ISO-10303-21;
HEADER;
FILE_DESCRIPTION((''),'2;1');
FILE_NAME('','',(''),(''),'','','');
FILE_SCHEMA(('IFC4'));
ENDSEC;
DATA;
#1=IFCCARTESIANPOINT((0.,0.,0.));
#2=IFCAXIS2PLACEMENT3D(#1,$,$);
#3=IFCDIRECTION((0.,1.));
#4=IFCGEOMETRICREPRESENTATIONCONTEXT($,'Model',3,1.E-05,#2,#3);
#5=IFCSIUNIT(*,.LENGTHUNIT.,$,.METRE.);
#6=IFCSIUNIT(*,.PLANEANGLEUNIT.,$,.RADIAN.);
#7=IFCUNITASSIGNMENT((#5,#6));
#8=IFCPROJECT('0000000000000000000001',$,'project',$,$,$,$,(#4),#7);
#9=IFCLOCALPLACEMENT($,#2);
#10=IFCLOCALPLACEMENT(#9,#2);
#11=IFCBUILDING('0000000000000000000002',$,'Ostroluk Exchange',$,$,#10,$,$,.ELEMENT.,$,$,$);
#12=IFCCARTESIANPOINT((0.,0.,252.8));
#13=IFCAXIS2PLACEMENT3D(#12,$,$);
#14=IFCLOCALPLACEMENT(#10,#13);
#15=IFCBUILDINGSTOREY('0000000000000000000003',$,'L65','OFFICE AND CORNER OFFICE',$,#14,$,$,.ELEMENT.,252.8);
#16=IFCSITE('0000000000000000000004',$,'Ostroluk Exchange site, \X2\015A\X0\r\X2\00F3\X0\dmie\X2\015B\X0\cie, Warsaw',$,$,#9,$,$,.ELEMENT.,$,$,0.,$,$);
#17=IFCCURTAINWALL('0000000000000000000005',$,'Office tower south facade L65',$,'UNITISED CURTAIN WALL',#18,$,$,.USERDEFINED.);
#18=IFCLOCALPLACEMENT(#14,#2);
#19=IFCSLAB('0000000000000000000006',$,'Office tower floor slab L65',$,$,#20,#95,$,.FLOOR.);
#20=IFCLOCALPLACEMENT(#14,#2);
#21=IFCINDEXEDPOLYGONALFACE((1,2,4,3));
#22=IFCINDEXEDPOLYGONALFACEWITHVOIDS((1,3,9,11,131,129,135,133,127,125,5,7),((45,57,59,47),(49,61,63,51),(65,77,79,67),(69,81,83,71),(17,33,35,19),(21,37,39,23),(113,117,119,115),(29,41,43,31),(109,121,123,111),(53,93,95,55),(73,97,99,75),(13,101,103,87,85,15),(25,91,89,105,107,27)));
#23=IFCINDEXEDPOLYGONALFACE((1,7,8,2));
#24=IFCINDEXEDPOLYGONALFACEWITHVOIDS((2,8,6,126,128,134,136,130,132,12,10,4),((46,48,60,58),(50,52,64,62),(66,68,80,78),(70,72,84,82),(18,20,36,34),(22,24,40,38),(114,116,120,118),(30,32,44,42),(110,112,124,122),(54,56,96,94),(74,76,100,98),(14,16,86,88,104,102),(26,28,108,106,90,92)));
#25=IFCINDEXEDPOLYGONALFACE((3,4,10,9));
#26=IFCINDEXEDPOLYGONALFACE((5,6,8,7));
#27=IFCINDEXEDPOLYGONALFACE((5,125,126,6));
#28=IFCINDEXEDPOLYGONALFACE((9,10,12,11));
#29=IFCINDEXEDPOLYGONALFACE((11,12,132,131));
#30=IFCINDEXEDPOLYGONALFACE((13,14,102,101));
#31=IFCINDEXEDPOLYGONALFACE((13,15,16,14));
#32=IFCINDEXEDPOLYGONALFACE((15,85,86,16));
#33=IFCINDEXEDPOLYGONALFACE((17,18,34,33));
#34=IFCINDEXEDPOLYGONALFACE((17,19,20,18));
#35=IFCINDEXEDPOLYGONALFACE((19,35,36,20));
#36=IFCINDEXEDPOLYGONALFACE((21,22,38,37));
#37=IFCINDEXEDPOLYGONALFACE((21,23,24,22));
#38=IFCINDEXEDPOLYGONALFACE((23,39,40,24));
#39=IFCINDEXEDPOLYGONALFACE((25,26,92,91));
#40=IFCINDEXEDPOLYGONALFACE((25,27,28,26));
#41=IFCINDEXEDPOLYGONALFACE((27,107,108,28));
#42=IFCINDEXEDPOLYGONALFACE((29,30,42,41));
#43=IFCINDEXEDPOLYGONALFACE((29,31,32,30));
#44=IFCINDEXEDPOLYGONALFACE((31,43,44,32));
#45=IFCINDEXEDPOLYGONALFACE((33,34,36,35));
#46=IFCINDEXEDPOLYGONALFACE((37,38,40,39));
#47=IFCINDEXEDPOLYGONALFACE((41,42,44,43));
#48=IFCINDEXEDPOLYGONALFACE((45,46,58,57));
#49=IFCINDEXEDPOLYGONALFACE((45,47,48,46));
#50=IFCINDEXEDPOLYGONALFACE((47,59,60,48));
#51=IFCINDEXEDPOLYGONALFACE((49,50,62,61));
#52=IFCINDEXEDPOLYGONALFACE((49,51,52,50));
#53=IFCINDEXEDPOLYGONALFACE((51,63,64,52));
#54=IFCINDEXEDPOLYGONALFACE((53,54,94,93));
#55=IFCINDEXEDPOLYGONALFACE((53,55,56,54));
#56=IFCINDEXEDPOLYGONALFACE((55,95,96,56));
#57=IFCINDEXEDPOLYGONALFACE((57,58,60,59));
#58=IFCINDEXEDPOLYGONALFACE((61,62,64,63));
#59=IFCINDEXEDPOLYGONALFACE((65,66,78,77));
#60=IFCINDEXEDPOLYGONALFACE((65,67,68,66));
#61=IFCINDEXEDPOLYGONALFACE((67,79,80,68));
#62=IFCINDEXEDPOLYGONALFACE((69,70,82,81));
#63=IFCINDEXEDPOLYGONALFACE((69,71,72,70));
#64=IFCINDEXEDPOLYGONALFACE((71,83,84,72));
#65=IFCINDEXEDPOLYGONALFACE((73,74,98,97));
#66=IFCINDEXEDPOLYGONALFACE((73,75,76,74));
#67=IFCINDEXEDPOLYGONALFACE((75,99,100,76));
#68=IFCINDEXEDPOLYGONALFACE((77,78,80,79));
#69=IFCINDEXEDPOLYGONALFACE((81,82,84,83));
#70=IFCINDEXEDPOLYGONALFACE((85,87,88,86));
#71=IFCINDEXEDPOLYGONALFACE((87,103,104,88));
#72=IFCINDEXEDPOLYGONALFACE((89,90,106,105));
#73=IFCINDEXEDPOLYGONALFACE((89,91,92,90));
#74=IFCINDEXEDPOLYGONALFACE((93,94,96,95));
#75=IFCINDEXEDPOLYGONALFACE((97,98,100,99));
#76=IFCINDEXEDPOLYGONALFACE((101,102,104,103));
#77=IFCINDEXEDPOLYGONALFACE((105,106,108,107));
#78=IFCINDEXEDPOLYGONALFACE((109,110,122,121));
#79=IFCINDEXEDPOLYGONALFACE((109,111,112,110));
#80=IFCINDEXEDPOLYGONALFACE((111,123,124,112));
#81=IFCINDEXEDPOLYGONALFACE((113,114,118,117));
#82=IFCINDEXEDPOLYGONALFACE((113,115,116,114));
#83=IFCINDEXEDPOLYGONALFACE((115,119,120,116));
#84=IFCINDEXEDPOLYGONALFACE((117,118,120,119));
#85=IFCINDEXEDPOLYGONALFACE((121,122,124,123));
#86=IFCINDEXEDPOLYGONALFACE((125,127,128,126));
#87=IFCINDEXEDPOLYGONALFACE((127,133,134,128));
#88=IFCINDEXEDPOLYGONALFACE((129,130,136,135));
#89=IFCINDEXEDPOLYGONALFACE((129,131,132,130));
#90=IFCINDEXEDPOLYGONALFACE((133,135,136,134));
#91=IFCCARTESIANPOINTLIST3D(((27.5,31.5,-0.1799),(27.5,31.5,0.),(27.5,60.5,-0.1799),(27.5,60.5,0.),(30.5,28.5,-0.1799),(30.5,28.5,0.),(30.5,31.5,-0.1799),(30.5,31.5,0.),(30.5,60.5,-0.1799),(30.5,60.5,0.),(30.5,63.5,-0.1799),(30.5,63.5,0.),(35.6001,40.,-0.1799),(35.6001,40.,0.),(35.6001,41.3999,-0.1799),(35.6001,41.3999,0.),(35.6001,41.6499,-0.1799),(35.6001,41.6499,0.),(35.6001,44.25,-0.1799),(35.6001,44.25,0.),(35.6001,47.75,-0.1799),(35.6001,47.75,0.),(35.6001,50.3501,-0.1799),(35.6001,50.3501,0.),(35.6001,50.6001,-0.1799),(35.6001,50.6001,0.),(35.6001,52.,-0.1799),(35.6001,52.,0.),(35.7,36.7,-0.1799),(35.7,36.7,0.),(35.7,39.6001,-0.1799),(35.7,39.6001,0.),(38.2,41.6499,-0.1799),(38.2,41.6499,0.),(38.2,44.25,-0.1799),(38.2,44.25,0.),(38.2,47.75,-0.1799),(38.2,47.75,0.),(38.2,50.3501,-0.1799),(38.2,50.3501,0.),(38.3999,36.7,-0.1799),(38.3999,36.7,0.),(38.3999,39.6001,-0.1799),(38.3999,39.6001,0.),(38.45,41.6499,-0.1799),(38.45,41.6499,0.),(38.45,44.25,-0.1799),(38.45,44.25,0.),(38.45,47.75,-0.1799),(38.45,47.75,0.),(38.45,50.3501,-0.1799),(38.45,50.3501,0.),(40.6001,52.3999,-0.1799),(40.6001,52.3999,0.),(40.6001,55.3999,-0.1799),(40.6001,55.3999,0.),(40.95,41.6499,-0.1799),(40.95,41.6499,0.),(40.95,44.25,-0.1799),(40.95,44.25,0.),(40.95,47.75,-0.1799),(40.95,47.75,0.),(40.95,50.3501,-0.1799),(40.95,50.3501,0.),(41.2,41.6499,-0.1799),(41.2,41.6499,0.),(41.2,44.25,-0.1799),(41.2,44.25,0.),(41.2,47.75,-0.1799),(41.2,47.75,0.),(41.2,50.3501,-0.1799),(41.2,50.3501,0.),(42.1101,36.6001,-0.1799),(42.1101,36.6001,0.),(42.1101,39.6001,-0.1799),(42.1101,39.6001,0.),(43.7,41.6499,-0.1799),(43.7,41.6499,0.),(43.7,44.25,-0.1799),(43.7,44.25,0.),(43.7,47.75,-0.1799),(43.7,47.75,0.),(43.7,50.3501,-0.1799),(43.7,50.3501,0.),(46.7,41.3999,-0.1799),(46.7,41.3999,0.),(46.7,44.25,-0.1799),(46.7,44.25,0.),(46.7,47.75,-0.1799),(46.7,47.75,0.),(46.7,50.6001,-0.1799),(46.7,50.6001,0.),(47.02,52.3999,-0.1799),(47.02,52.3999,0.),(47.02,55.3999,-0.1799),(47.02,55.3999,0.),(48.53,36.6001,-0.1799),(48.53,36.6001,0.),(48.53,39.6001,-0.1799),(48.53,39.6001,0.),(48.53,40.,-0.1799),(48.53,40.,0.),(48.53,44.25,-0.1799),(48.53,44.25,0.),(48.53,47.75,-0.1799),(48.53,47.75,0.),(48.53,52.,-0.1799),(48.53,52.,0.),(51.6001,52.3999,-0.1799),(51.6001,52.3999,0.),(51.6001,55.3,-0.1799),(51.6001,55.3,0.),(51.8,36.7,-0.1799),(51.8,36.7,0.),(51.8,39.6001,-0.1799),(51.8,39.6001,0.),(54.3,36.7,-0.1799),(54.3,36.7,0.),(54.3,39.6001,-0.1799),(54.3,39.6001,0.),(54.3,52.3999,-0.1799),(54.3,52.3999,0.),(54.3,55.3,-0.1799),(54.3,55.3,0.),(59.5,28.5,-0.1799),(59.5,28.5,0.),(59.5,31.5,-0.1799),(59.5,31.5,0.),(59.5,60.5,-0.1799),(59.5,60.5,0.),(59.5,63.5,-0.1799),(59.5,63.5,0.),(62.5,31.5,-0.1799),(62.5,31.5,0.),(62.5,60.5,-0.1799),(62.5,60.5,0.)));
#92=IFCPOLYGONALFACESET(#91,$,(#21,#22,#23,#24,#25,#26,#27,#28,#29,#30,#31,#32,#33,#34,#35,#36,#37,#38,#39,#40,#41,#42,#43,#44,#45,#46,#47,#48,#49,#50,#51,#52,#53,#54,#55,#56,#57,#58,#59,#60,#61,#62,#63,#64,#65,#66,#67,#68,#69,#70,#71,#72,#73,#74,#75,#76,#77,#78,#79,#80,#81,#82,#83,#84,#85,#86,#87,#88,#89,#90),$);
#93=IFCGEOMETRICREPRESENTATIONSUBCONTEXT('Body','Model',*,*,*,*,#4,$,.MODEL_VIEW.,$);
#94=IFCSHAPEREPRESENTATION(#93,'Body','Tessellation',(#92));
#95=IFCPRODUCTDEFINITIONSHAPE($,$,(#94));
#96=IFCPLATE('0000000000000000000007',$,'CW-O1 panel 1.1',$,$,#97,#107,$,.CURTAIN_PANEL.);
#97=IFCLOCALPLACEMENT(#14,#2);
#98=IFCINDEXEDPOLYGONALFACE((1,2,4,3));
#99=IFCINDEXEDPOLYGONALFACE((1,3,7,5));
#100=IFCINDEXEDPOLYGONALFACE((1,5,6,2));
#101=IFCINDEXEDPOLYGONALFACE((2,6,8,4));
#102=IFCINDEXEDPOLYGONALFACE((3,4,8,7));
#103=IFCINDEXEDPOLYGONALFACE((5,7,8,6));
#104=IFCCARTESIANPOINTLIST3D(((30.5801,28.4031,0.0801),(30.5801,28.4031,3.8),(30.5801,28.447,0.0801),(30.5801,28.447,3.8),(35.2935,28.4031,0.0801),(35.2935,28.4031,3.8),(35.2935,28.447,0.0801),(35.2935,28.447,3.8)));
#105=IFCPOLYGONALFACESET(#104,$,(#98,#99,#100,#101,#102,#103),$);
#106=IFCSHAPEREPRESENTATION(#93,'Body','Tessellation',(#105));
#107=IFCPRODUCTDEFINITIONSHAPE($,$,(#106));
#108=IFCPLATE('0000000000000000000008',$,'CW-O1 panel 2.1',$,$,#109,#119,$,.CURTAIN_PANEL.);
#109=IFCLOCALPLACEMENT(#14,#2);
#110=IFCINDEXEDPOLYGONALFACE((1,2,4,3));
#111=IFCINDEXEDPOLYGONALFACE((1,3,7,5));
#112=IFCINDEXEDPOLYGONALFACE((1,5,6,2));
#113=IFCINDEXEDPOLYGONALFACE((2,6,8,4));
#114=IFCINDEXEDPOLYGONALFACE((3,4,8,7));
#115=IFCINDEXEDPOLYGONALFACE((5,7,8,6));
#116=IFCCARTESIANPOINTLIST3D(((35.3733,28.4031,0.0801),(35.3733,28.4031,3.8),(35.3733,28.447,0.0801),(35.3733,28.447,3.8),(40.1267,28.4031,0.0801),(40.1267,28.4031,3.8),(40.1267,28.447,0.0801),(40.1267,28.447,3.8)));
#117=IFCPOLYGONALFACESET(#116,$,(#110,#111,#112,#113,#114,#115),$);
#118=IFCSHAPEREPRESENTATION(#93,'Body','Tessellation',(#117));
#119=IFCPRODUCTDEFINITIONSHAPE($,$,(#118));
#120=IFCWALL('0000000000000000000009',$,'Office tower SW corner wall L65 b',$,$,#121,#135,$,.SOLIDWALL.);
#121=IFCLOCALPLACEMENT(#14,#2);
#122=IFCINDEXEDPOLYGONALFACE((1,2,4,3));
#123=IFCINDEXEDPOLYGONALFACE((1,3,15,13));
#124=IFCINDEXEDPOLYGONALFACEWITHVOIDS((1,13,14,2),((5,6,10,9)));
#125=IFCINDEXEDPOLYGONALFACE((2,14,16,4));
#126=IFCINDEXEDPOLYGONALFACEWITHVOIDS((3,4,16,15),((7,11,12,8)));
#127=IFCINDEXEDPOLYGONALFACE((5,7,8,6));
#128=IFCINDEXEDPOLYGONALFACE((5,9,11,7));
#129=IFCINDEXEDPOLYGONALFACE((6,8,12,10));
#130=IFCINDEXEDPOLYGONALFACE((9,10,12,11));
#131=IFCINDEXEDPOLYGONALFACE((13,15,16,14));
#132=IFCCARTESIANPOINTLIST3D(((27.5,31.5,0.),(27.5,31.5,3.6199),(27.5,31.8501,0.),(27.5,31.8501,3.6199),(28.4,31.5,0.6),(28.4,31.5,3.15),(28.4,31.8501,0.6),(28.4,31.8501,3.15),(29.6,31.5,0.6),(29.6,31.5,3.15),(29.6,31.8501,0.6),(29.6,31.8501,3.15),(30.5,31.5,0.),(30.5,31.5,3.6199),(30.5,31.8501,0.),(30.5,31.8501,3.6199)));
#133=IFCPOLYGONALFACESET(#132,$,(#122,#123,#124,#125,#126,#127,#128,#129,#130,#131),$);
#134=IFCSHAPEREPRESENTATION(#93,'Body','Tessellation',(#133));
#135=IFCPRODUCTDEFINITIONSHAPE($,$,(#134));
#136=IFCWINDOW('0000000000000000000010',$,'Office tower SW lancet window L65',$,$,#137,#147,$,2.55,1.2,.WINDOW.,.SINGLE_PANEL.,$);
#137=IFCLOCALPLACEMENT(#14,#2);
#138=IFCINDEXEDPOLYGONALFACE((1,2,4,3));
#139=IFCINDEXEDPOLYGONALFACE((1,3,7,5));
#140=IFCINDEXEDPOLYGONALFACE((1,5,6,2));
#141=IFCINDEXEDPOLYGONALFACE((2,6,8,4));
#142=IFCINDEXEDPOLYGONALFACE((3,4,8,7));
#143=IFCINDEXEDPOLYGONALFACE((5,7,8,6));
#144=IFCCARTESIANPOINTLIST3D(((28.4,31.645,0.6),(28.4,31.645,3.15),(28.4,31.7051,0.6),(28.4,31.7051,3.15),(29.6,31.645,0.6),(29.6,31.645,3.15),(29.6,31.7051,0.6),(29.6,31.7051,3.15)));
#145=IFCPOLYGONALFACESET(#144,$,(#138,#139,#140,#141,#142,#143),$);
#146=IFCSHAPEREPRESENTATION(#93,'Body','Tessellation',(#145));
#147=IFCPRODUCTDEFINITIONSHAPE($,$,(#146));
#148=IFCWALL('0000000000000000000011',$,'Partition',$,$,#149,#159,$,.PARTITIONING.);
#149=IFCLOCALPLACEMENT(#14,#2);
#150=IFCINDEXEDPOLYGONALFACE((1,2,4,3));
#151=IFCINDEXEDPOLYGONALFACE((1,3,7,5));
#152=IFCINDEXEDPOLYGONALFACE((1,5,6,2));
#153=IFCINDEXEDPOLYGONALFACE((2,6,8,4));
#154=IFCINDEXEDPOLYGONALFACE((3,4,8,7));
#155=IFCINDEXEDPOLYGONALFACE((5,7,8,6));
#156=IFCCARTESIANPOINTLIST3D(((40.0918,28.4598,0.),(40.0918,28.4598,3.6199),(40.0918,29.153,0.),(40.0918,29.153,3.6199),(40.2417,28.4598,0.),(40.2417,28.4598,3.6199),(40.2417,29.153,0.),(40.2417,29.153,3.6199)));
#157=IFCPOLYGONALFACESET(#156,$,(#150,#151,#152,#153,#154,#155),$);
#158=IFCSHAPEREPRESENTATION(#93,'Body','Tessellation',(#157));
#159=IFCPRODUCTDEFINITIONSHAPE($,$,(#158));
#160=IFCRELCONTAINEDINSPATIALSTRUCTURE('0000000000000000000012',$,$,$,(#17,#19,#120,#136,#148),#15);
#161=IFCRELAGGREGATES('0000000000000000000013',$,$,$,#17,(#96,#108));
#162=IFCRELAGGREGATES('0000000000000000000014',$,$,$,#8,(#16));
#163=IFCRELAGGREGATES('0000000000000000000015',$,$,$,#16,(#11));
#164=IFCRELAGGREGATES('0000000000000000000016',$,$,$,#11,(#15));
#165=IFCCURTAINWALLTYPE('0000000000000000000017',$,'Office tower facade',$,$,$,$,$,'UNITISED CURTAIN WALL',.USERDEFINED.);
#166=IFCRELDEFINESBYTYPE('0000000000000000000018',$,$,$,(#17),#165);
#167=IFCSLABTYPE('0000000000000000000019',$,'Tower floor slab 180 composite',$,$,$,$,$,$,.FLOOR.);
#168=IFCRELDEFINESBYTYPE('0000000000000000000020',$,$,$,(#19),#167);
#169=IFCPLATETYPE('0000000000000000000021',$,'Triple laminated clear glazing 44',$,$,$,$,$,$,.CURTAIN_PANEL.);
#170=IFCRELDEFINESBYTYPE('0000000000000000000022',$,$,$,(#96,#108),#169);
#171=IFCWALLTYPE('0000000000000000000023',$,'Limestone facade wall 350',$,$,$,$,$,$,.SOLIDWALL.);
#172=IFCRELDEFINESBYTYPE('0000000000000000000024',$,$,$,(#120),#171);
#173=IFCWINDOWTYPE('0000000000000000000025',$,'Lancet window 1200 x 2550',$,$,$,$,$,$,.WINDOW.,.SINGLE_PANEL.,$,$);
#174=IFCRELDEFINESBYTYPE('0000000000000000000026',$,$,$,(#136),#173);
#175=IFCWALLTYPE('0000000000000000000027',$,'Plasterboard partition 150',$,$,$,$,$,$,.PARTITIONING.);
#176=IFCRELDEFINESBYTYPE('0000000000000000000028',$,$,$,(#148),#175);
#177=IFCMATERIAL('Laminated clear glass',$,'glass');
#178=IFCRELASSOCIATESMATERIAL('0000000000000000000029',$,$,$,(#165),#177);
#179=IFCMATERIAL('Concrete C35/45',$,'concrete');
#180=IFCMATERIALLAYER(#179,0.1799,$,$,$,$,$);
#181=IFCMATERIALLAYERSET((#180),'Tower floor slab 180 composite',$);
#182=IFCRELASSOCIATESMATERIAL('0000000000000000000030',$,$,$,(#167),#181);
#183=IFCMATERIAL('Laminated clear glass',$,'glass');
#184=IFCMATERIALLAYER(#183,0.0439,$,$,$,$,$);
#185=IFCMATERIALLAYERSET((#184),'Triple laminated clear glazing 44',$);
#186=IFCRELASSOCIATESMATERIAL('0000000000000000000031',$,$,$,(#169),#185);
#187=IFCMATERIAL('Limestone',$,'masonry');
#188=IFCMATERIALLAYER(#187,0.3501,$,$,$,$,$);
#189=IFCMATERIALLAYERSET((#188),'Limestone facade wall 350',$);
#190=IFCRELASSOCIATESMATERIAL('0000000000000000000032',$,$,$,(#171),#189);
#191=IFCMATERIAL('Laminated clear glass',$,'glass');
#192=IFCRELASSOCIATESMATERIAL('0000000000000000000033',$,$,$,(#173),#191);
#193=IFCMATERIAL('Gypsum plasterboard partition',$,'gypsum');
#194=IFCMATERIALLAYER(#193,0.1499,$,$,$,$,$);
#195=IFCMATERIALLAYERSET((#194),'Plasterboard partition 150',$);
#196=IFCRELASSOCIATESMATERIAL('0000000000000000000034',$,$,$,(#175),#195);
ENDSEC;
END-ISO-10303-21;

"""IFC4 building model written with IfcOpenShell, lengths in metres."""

from ifc_helpers import new_model, si_unit, direction, frame, frame_2d, origin, origin_2d, place, context, subcontext, project, spatial, polyline, rectangle, outline, extrude, material, layer, layer_set, type_object, element, fill, aggregate, save


model = new_model("IFC4")

# Units and contexts
model_context = context("Model", 3, precision=1e-05, world=origin(), true_north=direction((0.0, 1.0)))
body_context = subcontext(model_context, "Body", "Model", "MODEL_VIEW")
ifc_project = project(units=[si_unit("LENGTHUNIT", "METRE"), si_unit("PLANEANGLEUNIT", "RADIAN")], contexts=[model_context])

# Site, building, storey
site_placement = place(None, origin())
site = spatial("IfcSite", under=ifc_project, at=site_placement, Name="Ostroluk Exchange site, Śródmieście, Warsaw", CompositionType="ELEMENT", RefElevation=0.0)
building_placement = place(site_placement, origin())
building = spatial("IfcBuilding", under=site, at=building_placement, Name="Ostroluk Exchange", CompositionType="ELEMENT")
storey_placement = place(building_placement, frame((0.0, 0.0, 252.8)))
storey = spatial("IfcBuildingStorey", under=building, at=storey_placement, Name="L65", Description="OFFICE AND CORNER OFFICE", CompositionType="ELEMENT", Elevation=252.8)

# Curtain wall
ifc_material_1 = material(Name="Laminated clear glass", Category="glass")
curtain_wall_type = type_object("IfcCurtainWallType", Name="Office tower facade", ElementType="UNITISED CURTAIN WALL", PredefinedType="USERDEFINED", material=ifc_material_1)
curtain_wall_1_placement = place(storey_placement, origin())
curtain_wall_1 = element("IfcCurtainWall", 1, at=curtain_wall_1_placement, inside=storey, type_object=curtain_wall_type, Name="Office tower south facade L65", ObjectType="UNITISED CURTAIN WALL", PredefinedType="USERDEFINED")

# Slab
ifc_material_2 = material(Name="Concrete C35/45", Category="concrete")
ifc_layer_1 = layer(ifc_material_2, 0.1799)
ifc_layer_set_1 = layer_set([ifc_layer_1], Name="Tower floor slab 180 composite")
slab_type_1 = type_object("IfcSlabType", Name="Tower floor slab 180 composite", PredefinedType="FLOOR", material=ifc_layer_set_1)
slab_1_placement = place(storey_placement, frame((0.0, 0.0, -0.1799)))
element("IfcSlab", 2, at=slab_1_placement, inside=storey, type_object=slab_type_1, Name="Office tower floor slab L65", PredefinedType="FLOOR", context=body_context, shape_type="SweptSolid", body=[
    extrude(outline(polyline([(30.5, 28.5), (59.5, 28.5), (59.5, 31.5), (62.5, 31.5), (62.5, 60.5), (59.5, 60.5), (59.5, 63.5), (30.5, 63.5), (30.5, 60.5), (27.5, 60.5), (27.5, 31.5), (30.5, 31.5), (30.5, 28.5)]), holes=[polyline([(35.7, 36.7), (38.3999, 36.7), (38.3999, 39.6001), (35.7, 39.6001), (35.7, 36.7)]), polyline([(42.1101, 36.6001), (48.53, 36.6001), (48.53, 39.6001), (42.1101, 39.6001), (42.1101, 36.6001)]), polyline([(51.8, 36.7), (54.3, 36.7), (54.3, 39.6001), (51.8, 39.6001), (51.8, 36.7)]), polyline([(40.6001, 52.3999), (47.02, 52.3999), (47.02, 55.3999), (40.6001, 55.3999), (40.6001, 52.3999)]), polyline([(51.6001, 52.3999), (54.3, 52.3999), (54.3, 55.3), (51.6001, 55.3), (51.6001, 52.3999)]), polyline([(35.6001, 47.75), (38.2, 47.75), (38.2, 50.3501), (35.6001, 50.3501), (35.6001, 47.75)]), polyline([(38.45, 47.75), (40.95, 47.75), (40.95, 50.3501), (38.45, 50.3501), (38.45, 47.75)]), polyline([(41.2, 47.75), (43.7, 47.75), (43.7, 50.3501), (41.2, 50.3501), (41.2, 47.75)]), polyline([(35.6001, 41.6499), (38.2, 41.6499), (38.2, 44.25), (35.6001, 44.25), (35.6001, 41.6499)]), polyline([(38.45, 41.6499), (40.95, 41.6499), (40.95, 44.25), (38.45, 44.25), (38.45, 41.6499)]), polyline([(41.2, 41.6499), (43.7, 41.6499), (43.7, 44.25), (41.2, 44.25), (41.2, 41.6499)]), polyline([(48.53, 52.0), (48.53, 47.75), (46.7, 47.75), (46.7, 50.6001), (35.6001, 50.6001), (35.6001, 52.0), (48.53, 52.0)]), polyline([(35.6001, 40.0), (35.6001, 41.3999), (46.7, 41.3999), (46.7, 44.25), (48.53, 44.25), (48.53, 40.0), (35.6001, 40.0)])]), origin(), (0.0, 0.0, 1.0), 0.1799),
])

# Plates
ifc_material_3 = material(Name="Laminated clear glass", Category="glass")
ifc_layer_2 = layer(ifc_material_3, 0.0439)
ifc_layer_set_2 = layer_set([ifc_layer_2], Name="Triple laminated clear glazing 44")
plate_type_1 = type_object("IfcPlateType", Name="Triple laminated clear glazing 44", PredefinedType="CURTAIN_PANEL", material=ifc_layer_set_2)
plate_1_placement = place(storey_placement, frame((32.9368, 28.425, 0.0801), z_axis=(0.0, 0.0, 1.0), x_axis=(1.0, 0.0, 0.0)))
plate_1 = element("IfcPlate", 3, at=plate_1_placement, type_object=plate_type_1, Name="CW-O1 panel 1.1", PredefinedType="CURTAIN_PANEL", context=body_context, shape_type="SweptSolid", body=[
    extrude(rectangle(XDim=4.7134, YDim=0.0439, at=origin_2d()), origin(), (0.0, 0.0, 1.0), 3.72),
])
plate_2_placement = place(storey_placement, frame((37.75, 28.425, 0.0801), z_axis=(0.0, 0.0, 1.0), x_axis=(1.0, 0.0, 0.0)))
plate_2 = element("IfcPlate", 4, at=plate_2_placement, type_object=plate_type_1, Name="CW-O1 panel 2.1", PredefinedType="CURTAIN_PANEL", context=body_context, shape_type="SweptSolid", body=[
    extrude(rectangle(XDim=4.7534, YDim=0.0439, at=origin_2d()), origin(), (0.0, 0.0, 1.0), 3.72),
])
aggregate(curtain_wall_1, [plate_1, plate_2])

# Shared definitions
ifc_material_4 = material(Name="Limestone", Category="masonry")
ifc_layer_3 = layer(ifc_material_4, 0.3501)
ifc_layer_set_3 = layer_set([ifc_layer_3], Name="Limestone facade wall 350")
wall_type_1 = type_object("IfcWallType", Name="Limestone facade wall 350", PredefinedType="SOLIDWALL", material=ifc_layer_set_3)

# Wall, opening, window
wall_1_placement = place(storey_placement, frame((30.5, 31.675, 0.0), z_axis=(0.0, 0.0, 1.0), x_axis=(-1.0, 0.0, 0.0)))
wall_1 = element("IfcWall", 5, at=wall_1_placement, inside=storey, type_object=wall_type_1, Name="Office tower SW corner wall L65 b", PredefinedType="SOLIDWALL", context=body_context, shape_type="SweptSolid", body=[
    extrude(rectangle(XDim=3.0, YDim=0.3501, at=frame_2d((1.5, 0.0))), origin(), (0.0, 0.0, 1.0), 3.6199),
])
opening_1_placement = place(wall_1_placement, frame((0.8999, 0.0, 0.6001)))
opening_1 = element("IfcOpeningElement", 6, at=opening_1_placement, cuts=wall_1, PredefinedType="OPENING", context=body_context, shape_type="SweptSolid", body=[
    extrude(rectangle(XDim=1.2, YDim=2.55, at=frame_2d((0.6001, 1.2749))), frame((0.0, 0.1851, 0.0), z_axis=(0.0, -1.0, 0.0), x_axis=(1.0, 0.0, 0.0)), (0.0, 0.0, 1.0), 0.3701),
])
ifc_material_5 = material(Name="Laminated clear glass", Category="glass")
window_type = type_object("IfcWindowType", Name="Lancet window 1200 x 2550", PartitioningType="SINGLE_PANEL", PredefinedType="WINDOW", material=ifc_material_5)
window_placement = place(opening_1_placement, origin())
window = element("IfcWindow", 7, at=window_placement, inside=storey, type_object=window_type, Name="Office tower SW lancet window L65", OverallHeight=2.55, OverallWidth=1.2, PartitioningType="SINGLE_PANEL", PredefinedType="WINDOW", context=body_context, shape_type="SweptSolid", body=[
    extrude(rectangle(XDim=1.2, YDim=2.55, at=frame_2d((0.6001, 1.2749))), frame((0.0, 0.03, 0.0), z_axis=(0.0, -1.0, 0.0), x_axis=(1.0, 0.0, 0.0)), (0.0, 0.0, 1.0), 0.0601),
])
fill(opening_1, window)

# Wall
ifc_material_6 = material(Name="Gypsum plasterboard partition", Category="gypsum")
ifc_layer_4 = layer(ifc_material_6, 0.1499)
ifc_layer_set_4 = layer_set([ifc_layer_4], Name="Plasterboard partition 150")
wall_type_2 = type_object("IfcWallType", Name="Plasterboard partition 150", PredefinedType="PARTITIONING", material=ifc_layer_set_4)
wall_2_placement = place(storey_placement, frame((40.1667, 29.1531, 0.0), z_axis=(0.0, 0.0, 1.0), x_axis=(0.0, -1.0, 0.0)))
element("IfcWall", 8, at=wall_2_placement, inside=storey, type_object=wall_type_2, Name="Partition", PredefinedType="PARTITIONING", context=body_context, shape_type="SweptSolid", body=[
    extrude(rectangle(XDim=0.6931, YDim=0.1499, at=frame_2d((0.3467, 0.0))), origin(), (0.0, 0.0, 1.0), 3.6199),
])

save(model, "model.ifc")
